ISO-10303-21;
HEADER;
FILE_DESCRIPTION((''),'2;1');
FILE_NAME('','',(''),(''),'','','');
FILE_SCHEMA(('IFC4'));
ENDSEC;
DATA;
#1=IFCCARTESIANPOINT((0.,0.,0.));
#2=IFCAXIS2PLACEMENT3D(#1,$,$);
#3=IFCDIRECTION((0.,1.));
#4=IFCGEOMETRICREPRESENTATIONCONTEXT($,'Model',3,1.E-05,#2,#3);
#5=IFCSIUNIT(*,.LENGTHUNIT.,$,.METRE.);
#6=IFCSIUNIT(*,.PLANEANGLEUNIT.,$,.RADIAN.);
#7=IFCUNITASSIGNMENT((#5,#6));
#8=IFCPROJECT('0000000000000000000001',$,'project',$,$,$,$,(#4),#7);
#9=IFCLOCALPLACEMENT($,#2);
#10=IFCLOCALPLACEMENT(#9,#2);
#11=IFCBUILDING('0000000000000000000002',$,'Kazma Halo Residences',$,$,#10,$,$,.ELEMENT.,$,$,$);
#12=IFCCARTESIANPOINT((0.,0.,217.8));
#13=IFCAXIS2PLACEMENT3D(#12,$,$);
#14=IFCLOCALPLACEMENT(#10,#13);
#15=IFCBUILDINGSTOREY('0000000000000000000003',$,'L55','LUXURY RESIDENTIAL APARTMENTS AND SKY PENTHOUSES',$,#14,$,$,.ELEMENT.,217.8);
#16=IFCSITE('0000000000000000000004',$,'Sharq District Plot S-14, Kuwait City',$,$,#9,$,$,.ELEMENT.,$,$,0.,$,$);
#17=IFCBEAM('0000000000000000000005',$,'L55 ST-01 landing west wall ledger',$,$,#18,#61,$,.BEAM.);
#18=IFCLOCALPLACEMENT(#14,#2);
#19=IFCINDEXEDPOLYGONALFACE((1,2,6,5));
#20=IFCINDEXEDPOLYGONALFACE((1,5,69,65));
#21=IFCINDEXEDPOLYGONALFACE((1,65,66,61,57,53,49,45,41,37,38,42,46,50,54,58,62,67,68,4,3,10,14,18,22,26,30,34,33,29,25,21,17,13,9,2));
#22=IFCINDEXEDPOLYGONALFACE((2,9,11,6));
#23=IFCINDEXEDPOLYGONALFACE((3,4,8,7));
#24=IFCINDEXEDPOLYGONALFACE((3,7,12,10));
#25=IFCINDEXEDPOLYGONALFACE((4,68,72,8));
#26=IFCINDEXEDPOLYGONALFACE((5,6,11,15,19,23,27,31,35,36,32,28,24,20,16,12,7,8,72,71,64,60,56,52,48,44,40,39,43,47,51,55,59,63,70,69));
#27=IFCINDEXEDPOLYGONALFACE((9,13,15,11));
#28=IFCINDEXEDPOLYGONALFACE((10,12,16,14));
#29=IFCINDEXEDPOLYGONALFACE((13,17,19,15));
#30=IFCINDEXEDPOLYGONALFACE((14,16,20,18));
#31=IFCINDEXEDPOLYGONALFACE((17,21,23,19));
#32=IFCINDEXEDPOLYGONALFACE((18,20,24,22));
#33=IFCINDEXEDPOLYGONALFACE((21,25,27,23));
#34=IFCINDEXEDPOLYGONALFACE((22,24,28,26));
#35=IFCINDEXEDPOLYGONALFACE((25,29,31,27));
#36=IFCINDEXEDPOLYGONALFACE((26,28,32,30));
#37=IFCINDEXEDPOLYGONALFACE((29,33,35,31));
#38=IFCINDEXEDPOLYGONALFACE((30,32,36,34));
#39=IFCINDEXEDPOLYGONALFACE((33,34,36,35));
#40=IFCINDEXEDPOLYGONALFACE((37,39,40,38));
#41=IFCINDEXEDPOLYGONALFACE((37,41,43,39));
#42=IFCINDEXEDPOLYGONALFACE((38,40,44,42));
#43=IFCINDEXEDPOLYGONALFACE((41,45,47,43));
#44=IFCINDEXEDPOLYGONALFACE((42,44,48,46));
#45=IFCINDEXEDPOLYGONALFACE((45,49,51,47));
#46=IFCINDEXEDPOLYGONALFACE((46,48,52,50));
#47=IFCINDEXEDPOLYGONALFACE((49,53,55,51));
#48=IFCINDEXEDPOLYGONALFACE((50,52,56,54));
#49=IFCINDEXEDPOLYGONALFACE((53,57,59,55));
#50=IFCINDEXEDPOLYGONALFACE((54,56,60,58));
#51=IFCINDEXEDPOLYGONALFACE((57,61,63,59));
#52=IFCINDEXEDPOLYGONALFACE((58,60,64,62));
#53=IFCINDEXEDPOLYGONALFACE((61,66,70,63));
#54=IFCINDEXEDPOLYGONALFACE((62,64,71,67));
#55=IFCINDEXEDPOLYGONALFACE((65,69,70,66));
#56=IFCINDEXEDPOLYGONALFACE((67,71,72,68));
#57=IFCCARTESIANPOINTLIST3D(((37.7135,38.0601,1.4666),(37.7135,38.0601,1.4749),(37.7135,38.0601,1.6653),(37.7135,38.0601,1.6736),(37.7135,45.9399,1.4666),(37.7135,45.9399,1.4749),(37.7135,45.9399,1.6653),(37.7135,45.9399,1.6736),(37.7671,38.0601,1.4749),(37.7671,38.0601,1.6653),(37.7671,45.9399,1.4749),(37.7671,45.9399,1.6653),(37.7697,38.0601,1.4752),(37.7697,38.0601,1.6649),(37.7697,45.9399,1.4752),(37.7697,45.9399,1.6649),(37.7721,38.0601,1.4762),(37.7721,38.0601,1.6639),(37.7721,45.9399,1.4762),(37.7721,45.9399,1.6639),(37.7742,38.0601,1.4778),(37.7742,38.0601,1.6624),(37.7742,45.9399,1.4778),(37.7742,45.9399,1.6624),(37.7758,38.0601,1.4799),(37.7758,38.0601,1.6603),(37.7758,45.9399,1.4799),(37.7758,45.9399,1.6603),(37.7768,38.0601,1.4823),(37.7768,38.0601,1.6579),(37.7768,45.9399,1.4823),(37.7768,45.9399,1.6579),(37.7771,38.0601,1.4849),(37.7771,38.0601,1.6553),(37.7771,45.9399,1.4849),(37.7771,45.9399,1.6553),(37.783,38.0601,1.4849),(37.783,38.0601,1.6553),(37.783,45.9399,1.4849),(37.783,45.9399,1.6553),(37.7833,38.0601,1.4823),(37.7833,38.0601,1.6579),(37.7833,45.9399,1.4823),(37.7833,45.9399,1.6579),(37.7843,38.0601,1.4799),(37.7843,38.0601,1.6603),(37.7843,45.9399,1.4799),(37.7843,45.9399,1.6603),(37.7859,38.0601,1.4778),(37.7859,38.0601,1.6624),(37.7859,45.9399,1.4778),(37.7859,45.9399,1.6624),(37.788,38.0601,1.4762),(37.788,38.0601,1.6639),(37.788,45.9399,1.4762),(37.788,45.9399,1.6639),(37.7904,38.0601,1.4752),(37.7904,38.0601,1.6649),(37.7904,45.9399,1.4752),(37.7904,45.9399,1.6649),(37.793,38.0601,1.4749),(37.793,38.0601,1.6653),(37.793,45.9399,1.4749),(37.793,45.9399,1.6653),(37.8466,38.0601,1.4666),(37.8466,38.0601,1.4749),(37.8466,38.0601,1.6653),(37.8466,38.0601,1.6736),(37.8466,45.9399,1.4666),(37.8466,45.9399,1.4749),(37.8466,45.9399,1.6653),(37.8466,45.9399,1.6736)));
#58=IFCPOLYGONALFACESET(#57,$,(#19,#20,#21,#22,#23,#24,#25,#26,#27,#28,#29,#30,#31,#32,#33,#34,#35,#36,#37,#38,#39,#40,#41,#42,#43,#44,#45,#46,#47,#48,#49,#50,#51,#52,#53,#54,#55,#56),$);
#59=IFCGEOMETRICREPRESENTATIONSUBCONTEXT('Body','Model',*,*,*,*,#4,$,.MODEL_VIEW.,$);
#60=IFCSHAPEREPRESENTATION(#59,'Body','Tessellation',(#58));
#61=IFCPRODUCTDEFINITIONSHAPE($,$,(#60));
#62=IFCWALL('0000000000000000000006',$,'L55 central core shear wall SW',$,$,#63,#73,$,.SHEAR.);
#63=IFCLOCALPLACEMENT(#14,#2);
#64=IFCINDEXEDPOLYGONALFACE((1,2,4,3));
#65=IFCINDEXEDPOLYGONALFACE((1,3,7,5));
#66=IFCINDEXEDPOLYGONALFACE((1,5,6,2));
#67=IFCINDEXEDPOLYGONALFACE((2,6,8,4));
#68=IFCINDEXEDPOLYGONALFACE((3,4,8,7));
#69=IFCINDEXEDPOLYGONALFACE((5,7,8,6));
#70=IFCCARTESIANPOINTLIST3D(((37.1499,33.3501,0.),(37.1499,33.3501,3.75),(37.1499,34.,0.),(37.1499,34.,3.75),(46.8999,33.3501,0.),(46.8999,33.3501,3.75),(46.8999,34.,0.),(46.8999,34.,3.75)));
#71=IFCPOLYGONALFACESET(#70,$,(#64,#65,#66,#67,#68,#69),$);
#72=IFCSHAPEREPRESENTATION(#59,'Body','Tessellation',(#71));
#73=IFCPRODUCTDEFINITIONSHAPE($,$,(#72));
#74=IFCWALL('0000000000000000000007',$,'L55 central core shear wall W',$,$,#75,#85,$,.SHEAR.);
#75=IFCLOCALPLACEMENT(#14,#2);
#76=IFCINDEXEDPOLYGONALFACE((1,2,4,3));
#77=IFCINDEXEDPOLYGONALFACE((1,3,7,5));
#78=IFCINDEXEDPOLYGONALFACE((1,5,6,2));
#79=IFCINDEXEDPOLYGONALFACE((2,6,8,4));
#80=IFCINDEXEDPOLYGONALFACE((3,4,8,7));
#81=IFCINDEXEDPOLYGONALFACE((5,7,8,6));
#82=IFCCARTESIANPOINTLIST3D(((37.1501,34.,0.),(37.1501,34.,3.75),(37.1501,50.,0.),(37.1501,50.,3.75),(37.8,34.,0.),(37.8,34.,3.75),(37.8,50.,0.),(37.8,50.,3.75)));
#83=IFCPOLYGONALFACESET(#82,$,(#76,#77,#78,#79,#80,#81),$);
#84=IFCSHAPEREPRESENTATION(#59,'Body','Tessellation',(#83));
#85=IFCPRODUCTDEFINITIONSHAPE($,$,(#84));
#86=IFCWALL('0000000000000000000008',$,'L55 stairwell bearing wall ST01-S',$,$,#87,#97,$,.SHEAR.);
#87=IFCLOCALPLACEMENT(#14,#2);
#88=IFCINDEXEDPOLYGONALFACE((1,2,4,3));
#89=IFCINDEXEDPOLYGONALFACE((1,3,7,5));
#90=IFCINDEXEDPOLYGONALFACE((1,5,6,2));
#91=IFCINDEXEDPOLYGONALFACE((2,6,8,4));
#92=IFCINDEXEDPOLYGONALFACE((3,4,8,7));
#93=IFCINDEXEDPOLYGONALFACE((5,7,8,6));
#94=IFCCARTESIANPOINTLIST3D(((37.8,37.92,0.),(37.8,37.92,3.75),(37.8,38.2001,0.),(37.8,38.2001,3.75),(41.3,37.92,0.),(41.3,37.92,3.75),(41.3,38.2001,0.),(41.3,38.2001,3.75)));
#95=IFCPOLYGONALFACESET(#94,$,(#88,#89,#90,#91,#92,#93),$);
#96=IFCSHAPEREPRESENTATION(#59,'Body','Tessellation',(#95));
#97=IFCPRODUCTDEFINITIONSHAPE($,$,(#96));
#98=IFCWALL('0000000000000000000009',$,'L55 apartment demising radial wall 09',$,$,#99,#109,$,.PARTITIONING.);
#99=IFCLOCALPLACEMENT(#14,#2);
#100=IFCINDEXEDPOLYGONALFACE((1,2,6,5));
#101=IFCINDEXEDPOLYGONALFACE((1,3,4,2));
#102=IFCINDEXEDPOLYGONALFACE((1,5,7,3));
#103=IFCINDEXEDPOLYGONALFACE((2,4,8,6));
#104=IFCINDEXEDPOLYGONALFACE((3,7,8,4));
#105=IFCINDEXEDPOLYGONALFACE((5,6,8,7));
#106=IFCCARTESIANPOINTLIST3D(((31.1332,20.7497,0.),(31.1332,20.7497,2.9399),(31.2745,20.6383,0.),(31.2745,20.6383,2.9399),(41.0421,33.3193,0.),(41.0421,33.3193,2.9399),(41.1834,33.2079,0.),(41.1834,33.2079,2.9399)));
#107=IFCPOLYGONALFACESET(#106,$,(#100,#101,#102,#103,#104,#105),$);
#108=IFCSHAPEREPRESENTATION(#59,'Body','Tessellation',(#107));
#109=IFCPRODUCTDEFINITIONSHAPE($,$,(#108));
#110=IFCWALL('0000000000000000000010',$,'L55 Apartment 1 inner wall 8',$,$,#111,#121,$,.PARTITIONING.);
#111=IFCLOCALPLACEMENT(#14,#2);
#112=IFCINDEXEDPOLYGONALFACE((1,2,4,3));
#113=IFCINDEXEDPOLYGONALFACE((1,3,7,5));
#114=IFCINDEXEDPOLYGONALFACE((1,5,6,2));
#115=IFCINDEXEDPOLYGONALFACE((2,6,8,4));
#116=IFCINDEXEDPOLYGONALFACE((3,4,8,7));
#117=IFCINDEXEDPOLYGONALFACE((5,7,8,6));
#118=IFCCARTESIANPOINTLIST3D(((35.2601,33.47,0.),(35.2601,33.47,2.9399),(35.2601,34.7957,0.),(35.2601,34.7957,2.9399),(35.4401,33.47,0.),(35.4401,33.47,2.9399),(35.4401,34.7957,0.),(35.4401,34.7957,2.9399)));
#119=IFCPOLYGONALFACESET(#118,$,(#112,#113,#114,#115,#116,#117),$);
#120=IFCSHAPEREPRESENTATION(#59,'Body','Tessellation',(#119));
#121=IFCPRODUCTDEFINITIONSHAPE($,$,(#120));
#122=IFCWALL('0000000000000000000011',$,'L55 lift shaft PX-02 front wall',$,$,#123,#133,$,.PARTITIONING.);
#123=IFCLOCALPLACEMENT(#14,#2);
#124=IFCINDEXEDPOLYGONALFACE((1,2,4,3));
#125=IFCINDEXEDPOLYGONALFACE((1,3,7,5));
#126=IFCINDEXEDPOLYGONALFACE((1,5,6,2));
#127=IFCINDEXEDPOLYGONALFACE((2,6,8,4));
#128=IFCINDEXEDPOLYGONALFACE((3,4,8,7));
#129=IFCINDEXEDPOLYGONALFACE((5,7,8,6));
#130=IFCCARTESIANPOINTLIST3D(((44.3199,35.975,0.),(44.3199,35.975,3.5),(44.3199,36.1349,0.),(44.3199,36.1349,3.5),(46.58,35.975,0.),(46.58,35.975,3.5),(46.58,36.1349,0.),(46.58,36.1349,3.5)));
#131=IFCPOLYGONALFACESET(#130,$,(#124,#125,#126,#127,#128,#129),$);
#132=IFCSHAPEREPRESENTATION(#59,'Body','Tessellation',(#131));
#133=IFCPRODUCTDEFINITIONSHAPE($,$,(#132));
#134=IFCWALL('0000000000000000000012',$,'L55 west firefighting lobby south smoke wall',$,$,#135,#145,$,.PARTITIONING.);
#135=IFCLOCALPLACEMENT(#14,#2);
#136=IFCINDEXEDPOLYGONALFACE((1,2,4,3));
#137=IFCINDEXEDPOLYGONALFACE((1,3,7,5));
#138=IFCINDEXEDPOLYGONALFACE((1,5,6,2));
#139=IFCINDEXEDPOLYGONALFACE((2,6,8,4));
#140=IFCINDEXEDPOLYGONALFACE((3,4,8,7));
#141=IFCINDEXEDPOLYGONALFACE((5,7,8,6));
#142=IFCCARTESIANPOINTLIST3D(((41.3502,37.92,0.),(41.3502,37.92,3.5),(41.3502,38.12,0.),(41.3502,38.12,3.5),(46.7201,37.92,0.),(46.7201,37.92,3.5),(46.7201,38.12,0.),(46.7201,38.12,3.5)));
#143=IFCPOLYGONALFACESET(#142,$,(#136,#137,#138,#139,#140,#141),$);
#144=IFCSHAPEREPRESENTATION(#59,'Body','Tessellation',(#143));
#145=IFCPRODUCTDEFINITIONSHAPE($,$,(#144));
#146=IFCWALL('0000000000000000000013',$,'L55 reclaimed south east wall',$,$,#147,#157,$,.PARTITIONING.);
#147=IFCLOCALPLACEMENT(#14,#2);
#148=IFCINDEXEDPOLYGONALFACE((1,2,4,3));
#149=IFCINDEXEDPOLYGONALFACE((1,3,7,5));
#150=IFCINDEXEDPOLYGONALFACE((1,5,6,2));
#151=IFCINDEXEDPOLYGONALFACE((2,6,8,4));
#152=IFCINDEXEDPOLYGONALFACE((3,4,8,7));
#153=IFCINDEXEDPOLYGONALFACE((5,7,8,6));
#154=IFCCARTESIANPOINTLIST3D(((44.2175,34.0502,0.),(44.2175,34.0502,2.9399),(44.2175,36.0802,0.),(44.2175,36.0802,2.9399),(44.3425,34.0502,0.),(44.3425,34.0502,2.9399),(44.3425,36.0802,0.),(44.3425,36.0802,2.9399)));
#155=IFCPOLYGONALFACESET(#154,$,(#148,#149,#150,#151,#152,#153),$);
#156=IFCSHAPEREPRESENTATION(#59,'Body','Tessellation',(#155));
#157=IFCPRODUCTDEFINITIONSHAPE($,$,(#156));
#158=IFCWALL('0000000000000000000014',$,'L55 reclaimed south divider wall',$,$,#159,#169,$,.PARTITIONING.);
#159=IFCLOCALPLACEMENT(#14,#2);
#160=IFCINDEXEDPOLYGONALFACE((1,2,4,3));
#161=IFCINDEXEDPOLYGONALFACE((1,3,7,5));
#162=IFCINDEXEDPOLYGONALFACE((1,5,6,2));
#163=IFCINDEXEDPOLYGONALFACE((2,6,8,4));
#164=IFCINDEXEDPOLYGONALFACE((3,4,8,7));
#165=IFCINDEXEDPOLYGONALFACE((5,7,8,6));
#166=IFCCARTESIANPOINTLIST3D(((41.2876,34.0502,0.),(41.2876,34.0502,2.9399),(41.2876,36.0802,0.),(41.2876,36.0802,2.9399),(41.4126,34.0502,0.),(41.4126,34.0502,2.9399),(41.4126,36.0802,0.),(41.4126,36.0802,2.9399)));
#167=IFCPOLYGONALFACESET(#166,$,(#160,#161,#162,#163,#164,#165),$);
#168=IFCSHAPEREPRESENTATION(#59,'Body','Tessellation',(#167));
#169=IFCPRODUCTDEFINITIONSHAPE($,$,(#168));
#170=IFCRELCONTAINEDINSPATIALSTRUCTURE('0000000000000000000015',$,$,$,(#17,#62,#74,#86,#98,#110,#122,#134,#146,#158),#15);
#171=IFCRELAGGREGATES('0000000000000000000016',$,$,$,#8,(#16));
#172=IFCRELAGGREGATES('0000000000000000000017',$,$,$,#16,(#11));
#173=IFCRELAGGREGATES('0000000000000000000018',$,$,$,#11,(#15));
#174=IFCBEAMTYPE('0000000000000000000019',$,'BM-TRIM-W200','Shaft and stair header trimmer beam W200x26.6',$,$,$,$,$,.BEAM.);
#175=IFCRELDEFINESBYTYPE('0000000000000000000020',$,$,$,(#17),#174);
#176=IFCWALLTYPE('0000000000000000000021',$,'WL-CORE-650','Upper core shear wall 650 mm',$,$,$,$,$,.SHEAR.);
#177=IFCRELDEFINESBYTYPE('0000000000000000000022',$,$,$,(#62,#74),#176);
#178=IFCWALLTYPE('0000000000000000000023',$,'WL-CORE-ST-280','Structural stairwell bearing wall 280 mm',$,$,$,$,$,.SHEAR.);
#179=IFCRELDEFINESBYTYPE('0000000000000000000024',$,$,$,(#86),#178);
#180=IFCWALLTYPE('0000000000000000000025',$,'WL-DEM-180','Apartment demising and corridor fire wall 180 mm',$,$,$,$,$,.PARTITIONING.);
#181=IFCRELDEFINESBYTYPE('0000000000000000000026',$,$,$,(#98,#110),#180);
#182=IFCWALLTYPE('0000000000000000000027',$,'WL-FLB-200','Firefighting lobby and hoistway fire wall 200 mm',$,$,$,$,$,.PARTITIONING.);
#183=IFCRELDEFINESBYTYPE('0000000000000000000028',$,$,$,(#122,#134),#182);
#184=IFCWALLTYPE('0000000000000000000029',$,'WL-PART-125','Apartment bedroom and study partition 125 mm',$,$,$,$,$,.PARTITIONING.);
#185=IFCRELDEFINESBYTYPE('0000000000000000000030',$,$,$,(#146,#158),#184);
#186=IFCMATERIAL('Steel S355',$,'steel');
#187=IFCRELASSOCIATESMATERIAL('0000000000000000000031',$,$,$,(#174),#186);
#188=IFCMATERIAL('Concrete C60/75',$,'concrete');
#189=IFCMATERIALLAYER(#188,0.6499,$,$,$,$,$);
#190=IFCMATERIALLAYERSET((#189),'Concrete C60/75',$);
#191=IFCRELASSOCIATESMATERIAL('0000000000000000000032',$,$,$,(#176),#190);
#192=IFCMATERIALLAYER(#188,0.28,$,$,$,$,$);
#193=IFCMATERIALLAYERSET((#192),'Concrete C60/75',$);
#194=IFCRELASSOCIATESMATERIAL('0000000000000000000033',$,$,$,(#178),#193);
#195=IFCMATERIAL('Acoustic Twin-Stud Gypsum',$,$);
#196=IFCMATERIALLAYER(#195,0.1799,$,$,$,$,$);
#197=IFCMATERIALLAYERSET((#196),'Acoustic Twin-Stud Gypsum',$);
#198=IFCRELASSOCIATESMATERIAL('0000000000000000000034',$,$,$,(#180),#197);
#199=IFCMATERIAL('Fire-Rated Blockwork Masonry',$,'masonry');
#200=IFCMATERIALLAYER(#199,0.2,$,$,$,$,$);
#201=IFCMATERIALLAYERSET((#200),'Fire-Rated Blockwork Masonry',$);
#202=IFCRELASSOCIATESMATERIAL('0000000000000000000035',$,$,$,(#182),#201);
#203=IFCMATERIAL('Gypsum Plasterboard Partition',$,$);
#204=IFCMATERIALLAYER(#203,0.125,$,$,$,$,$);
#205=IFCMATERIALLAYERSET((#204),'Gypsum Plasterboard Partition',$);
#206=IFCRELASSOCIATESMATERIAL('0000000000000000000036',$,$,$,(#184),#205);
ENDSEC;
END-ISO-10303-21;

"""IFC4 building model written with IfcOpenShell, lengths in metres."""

from ifc_helpers import new_model, si_unit, direction, frame, frame_2d, origin, origin_2d, place, context, subcontext, project, spatial, rectangle, i_section, extrude, material, layer, layer_set, material_profile, profile_set, type_object, element, save


model = new_model("IFC4")

# Units and contexts
model_context = context("Model", 3, precision=1e-05, world=origin(), true_north=direction((0.0, 1.0)))
body_context = subcontext(model_context, "Body", "Model", "MODEL_VIEW")
ifc_project = project(units=[si_unit("LENGTHUNIT", "METRE"), si_unit("PLANEANGLEUNIT", "RADIAN")], contexts=[model_context])

# Site, building, storey
site_placement = place(None, origin())
site = spatial("IfcSite", under=ifc_project, at=site_placement, Name="Sharq District Plot S-14, Kuwait City", CompositionType="ELEMENT", RefElevation=0.0)
building_placement = place(site_placement, origin())
building = spatial("IfcBuilding", under=site, at=building_placement, Name="Kazma Halo Residences", CompositionType="ELEMENT")
storey_placement = place(building_placement, frame((0.0, 0.0, 217.8)))
storey = spatial("IfcBuildingStorey", under=building, at=storey_placement, Name="L55", Description="LUXURY RESIDENTIAL APARTMENTS AND SKY PENTHOUSES", CompositionType="ELEMENT", Elevation=217.8)

# Beam
ifc_material_1 = material(Name="Steel S355", Category="steel")
ifc_material_profile_1 = material_profile(ifc_material_1, i_section(OverallWidth=0.1331, OverallDepth=0.207, WebThickness=0.0059, FlangeThickness=0.0083, FilletRadius=0.01, at=origin_2d()), Name="W200x26.6")
ifc_profile_set_1 = profile_set([ifc_material_profile_1], Name="Steel S355")
beam_type_1 = type_object("IfcBeamType", Name="BM-TRIM-W200", Description="Shaft and stair header trimmer beam W200x26.6", PredefinedType="BEAM", material=ifc_profile_set_1)
beam_1_placement = place(storey_placement, frame((37.78, 38.0601, 1.5701), z_axis=(0.0, 1.0, 0.0), x_axis=(-1.0, 0.0, 0.0)))
element("IfcBeam", 1, at=beam_1_placement, inside=storey, type_object=beam_type_1, Name="L55 ST-01 landing west wall ledger", PredefinedType="BEAM", context=body_context, shape_type="SweptSolid", body=[
    extrude(i_section(OverallWidth=0.1331, OverallDepth=0.207, WebThickness=0.0059, FlangeThickness=0.0083, FilletRadius=0.01, at=origin_2d()), origin(), (0.0, 0.0, 1.0), 7.8799),
])

# Walls
ifc_material_2 = material(Name="Concrete C60/75", Category="concrete")
ifc_layer_1 = layer(ifc_material_2, 0.6499)
ifc_layer_set_1 = layer_set([ifc_layer_1], Name="Concrete C60/75")
wall_type_1 = type_object("IfcWallType", Name="WL-CORE-650", Description="Upper core shear wall 650 mm", PredefinedType="SHEAR", material=ifc_layer_set_1)
wall_1_placement = place(storey_placement, frame((37.1499, 33.675, 0.0), z_axis=(0.0, 0.0, 1.0), x_axis=(1.0, 0.0, 0.0)))
element("IfcWall", 2, at=wall_1_placement, inside=storey, type_object=wall_type_1, Name="L55 central core shear wall SW", PredefinedType="SHEAR", context=body_context, shape_type="SweptSolid", body=[
    extrude(rectangle(XDim=9.75, YDim=0.6499, at=frame_2d((4.875, 0.0))), origin(), (0.0, 0.0, 1.0), 3.75),
])
wall_2_placement = place(storey_placement, frame((37.4751, 34.0, 0.0), z_axis=(0.0, 0.0, 1.0), x_axis=(0.0, 1.0, 0.0)))
element("IfcWall", 3, at=wall_2_placement, inside=storey, type_object=wall_type_1, Name="L55 central core shear wall W", PredefinedType="SHEAR", context=body_context, shape_type="SweptSolid", body=[
    extrude(rectangle(XDim=16.0, YDim=0.6499, at=frame_2d((8.0, 0.0))), origin(), (0.0, 0.0, 1.0), 3.75),
])
ifc_layer_2 = layer(ifc_material_2, 0.28)
ifc_layer_set_2 = layer_set([ifc_layer_2], Name="Concrete C60/75")
wall_type_2 = type_object("IfcWallType", Name="WL-CORE-ST-280", Description="Structural stairwell bearing wall 280 mm", PredefinedType="SHEAR", material=ifc_layer_set_2)
wall_3_placement = place(storey_placement, frame((37.8, 38.0601, 0.0), z_axis=(0.0, 0.0, 1.0), x_axis=(1.0, 0.0, 0.0)))
element("IfcWall", 4, at=wall_3_placement, inside=storey, type_object=wall_type_2, Name="L55 stairwell bearing wall ST01-S", PredefinedType="SHEAR", context=body_context, shape_type="SweptSolid", body=[
    extrude(rectangle(XDim=3.5, YDim=0.28, at=frame_2d((1.75, 0.0))), origin(), (0.0, 0.0, 1.0), 3.75),
])
ifc_material_3 = material(Name="Acoustic Twin-Stud Gypsum")
ifc_layer_3 = layer(ifc_material_3, 0.1799)
ifc_layer_set_3 = layer_set([ifc_layer_3], Name="Acoustic Twin-Stud Gypsum")
wall_type_3 = type_object("IfcWallType", Name="WL-DEM-180", Description="Apartment demising and corridor fire wall 180 mm", PredefinedType="PARTITIONING", material=ifc_layer_set_3)
wall_4_placement = place(storey_placement, frame((41.1128, 33.2637, 0.0), z_axis=(0.0, 0.0, 1.0), x_axis=(-0.619089, -0.785321, 0.0)))
element("IfcWall", 5, at=wall_4_placement, inside=storey, type_object=wall_type_3, Name="L55 apartment demising radial wall 09", PredefinedType="PARTITIONING", context=body_context, shape_type="SweptSolid", body=[
    extrude(rectangle(XDim=16.0056, YDim=0.1799, at=frame_2d((8.0029, 0.0))), origin(), (0.0, 0.0, 1.0), 2.9399),
])
wall_5_placement = place(storey_placement, frame((35.3501, 34.7957, 0.0), z_axis=(0.0, 0.0, 1.0), x_axis=(0.0, -1.0, 0.0)))
element("IfcWall", 6, at=wall_5_placement, inside=storey, type_object=wall_type_3, Name="L55 Apartment 1 inner wall 8", PredefinedType="PARTITIONING", context=body_context, shape_type="SweptSolid", body=[
    extrude(rectangle(XDim=1.3257, YDim=0.1799, at=frame_2d((0.6628, 0.0))), origin(), (0.0, 0.0, 1.0), 2.9399),
])
ifc_material_4 = material(Name="Fire-Rated Blockwork Masonry", Category="masonry")
ifc_layer_4 = layer(ifc_material_4, 0.2)
ifc_layer_set_4 = layer_set([ifc_layer_4], Name="Fire-Rated Blockwork Masonry")
wall_type_4 = type_object("IfcWallType", Name="WL-FLB-200", Description="Firefighting lobby and hoistway fire wall 200 mm", PredefinedType="PARTITIONING", material=ifc_layer_set_4)
wall_6_placement = place(storey_placement, frame((44.3201, 36.0549, 0.0), z_axis=(0.0, 0.0, 1.0), x_axis=(1.0, 0.0, 0.0)))
element("IfcWall", 7, at=wall_6_placement, inside=storey, type_object=wall_type_4, Name="L55 lift shaft PX-02 front wall", PredefinedType="PARTITIONING", context=body_context, shape_type="SweptSolid", body=[
    extrude(rectangle(XDim=2.26, YDim=0.1599, at=frame_2d((1.1299, 0.0))), origin(), (0.0, 0.0, 1.0), 3.5),
])
wall_7_placement = place(storey_placement, frame((41.3501, 38.02, 0.0), z_axis=(0.0, 0.0, 1.0), x_axis=(1.0, 0.0, 0.0)))
element("IfcWall", 8, at=wall_7_placement, inside=storey, type_object=wall_type_4, Name="L55 west firefighting lobby south smoke wall", PredefinedType="PARTITIONING", context=body_context, shape_type="SweptSolid", body=[
    extrude(rectangle(XDim=5.3699, YDim=0.2, at=frame_2d((2.6851, 0.0))), origin(), (0.0, 0.0, 1.0), 3.5),
])
ifc_material_5 = material(Name="Gypsum Plasterboard Partition")
ifc_layer_5 = layer(ifc_material_5, 0.125)
ifc_layer_set_5 = layer_set([ifc_layer_5], Name="Gypsum Plasterboard Partition")
wall_type_5 = type_object("IfcWallType", Name="WL-PART-125", Description="Apartment bedroom and study partition 125 mm", PredefinedType="PARTITIONING", material=ifc_layer_set_5)
for number, where, z_axis, x_axis, name in (
    (9, (44.28, 34.05, 0.0), (0.0, 0.0, 1.0), (0.0, 1.0, 0.0), "L55 reclaimed south east wall"),
    (10, (41.3501, 34.05, 0.0), (0.0, 0.0, 1.0), (0.0, 1.0, 0.0), "L55 reclaimed south divider wall"),
):
    element("IfcWall", number, at=place(storey_placement, frame(where, z_axis=z_axis, x_axis=x_axis)), inside=storey, type_object=wall_type_5, Name=name, PredefinedType="PARTITIONING", context=body_context, shape_type="SweptSolid", body=[
        extrude(rectangle(XDim=2.03, YDim=0.125, at=frame_2d((1.0151, 0.0))), origin(), (0.0, 0.0, 1.0), 2.9399),
    ])

save(model, "model.ifc")
